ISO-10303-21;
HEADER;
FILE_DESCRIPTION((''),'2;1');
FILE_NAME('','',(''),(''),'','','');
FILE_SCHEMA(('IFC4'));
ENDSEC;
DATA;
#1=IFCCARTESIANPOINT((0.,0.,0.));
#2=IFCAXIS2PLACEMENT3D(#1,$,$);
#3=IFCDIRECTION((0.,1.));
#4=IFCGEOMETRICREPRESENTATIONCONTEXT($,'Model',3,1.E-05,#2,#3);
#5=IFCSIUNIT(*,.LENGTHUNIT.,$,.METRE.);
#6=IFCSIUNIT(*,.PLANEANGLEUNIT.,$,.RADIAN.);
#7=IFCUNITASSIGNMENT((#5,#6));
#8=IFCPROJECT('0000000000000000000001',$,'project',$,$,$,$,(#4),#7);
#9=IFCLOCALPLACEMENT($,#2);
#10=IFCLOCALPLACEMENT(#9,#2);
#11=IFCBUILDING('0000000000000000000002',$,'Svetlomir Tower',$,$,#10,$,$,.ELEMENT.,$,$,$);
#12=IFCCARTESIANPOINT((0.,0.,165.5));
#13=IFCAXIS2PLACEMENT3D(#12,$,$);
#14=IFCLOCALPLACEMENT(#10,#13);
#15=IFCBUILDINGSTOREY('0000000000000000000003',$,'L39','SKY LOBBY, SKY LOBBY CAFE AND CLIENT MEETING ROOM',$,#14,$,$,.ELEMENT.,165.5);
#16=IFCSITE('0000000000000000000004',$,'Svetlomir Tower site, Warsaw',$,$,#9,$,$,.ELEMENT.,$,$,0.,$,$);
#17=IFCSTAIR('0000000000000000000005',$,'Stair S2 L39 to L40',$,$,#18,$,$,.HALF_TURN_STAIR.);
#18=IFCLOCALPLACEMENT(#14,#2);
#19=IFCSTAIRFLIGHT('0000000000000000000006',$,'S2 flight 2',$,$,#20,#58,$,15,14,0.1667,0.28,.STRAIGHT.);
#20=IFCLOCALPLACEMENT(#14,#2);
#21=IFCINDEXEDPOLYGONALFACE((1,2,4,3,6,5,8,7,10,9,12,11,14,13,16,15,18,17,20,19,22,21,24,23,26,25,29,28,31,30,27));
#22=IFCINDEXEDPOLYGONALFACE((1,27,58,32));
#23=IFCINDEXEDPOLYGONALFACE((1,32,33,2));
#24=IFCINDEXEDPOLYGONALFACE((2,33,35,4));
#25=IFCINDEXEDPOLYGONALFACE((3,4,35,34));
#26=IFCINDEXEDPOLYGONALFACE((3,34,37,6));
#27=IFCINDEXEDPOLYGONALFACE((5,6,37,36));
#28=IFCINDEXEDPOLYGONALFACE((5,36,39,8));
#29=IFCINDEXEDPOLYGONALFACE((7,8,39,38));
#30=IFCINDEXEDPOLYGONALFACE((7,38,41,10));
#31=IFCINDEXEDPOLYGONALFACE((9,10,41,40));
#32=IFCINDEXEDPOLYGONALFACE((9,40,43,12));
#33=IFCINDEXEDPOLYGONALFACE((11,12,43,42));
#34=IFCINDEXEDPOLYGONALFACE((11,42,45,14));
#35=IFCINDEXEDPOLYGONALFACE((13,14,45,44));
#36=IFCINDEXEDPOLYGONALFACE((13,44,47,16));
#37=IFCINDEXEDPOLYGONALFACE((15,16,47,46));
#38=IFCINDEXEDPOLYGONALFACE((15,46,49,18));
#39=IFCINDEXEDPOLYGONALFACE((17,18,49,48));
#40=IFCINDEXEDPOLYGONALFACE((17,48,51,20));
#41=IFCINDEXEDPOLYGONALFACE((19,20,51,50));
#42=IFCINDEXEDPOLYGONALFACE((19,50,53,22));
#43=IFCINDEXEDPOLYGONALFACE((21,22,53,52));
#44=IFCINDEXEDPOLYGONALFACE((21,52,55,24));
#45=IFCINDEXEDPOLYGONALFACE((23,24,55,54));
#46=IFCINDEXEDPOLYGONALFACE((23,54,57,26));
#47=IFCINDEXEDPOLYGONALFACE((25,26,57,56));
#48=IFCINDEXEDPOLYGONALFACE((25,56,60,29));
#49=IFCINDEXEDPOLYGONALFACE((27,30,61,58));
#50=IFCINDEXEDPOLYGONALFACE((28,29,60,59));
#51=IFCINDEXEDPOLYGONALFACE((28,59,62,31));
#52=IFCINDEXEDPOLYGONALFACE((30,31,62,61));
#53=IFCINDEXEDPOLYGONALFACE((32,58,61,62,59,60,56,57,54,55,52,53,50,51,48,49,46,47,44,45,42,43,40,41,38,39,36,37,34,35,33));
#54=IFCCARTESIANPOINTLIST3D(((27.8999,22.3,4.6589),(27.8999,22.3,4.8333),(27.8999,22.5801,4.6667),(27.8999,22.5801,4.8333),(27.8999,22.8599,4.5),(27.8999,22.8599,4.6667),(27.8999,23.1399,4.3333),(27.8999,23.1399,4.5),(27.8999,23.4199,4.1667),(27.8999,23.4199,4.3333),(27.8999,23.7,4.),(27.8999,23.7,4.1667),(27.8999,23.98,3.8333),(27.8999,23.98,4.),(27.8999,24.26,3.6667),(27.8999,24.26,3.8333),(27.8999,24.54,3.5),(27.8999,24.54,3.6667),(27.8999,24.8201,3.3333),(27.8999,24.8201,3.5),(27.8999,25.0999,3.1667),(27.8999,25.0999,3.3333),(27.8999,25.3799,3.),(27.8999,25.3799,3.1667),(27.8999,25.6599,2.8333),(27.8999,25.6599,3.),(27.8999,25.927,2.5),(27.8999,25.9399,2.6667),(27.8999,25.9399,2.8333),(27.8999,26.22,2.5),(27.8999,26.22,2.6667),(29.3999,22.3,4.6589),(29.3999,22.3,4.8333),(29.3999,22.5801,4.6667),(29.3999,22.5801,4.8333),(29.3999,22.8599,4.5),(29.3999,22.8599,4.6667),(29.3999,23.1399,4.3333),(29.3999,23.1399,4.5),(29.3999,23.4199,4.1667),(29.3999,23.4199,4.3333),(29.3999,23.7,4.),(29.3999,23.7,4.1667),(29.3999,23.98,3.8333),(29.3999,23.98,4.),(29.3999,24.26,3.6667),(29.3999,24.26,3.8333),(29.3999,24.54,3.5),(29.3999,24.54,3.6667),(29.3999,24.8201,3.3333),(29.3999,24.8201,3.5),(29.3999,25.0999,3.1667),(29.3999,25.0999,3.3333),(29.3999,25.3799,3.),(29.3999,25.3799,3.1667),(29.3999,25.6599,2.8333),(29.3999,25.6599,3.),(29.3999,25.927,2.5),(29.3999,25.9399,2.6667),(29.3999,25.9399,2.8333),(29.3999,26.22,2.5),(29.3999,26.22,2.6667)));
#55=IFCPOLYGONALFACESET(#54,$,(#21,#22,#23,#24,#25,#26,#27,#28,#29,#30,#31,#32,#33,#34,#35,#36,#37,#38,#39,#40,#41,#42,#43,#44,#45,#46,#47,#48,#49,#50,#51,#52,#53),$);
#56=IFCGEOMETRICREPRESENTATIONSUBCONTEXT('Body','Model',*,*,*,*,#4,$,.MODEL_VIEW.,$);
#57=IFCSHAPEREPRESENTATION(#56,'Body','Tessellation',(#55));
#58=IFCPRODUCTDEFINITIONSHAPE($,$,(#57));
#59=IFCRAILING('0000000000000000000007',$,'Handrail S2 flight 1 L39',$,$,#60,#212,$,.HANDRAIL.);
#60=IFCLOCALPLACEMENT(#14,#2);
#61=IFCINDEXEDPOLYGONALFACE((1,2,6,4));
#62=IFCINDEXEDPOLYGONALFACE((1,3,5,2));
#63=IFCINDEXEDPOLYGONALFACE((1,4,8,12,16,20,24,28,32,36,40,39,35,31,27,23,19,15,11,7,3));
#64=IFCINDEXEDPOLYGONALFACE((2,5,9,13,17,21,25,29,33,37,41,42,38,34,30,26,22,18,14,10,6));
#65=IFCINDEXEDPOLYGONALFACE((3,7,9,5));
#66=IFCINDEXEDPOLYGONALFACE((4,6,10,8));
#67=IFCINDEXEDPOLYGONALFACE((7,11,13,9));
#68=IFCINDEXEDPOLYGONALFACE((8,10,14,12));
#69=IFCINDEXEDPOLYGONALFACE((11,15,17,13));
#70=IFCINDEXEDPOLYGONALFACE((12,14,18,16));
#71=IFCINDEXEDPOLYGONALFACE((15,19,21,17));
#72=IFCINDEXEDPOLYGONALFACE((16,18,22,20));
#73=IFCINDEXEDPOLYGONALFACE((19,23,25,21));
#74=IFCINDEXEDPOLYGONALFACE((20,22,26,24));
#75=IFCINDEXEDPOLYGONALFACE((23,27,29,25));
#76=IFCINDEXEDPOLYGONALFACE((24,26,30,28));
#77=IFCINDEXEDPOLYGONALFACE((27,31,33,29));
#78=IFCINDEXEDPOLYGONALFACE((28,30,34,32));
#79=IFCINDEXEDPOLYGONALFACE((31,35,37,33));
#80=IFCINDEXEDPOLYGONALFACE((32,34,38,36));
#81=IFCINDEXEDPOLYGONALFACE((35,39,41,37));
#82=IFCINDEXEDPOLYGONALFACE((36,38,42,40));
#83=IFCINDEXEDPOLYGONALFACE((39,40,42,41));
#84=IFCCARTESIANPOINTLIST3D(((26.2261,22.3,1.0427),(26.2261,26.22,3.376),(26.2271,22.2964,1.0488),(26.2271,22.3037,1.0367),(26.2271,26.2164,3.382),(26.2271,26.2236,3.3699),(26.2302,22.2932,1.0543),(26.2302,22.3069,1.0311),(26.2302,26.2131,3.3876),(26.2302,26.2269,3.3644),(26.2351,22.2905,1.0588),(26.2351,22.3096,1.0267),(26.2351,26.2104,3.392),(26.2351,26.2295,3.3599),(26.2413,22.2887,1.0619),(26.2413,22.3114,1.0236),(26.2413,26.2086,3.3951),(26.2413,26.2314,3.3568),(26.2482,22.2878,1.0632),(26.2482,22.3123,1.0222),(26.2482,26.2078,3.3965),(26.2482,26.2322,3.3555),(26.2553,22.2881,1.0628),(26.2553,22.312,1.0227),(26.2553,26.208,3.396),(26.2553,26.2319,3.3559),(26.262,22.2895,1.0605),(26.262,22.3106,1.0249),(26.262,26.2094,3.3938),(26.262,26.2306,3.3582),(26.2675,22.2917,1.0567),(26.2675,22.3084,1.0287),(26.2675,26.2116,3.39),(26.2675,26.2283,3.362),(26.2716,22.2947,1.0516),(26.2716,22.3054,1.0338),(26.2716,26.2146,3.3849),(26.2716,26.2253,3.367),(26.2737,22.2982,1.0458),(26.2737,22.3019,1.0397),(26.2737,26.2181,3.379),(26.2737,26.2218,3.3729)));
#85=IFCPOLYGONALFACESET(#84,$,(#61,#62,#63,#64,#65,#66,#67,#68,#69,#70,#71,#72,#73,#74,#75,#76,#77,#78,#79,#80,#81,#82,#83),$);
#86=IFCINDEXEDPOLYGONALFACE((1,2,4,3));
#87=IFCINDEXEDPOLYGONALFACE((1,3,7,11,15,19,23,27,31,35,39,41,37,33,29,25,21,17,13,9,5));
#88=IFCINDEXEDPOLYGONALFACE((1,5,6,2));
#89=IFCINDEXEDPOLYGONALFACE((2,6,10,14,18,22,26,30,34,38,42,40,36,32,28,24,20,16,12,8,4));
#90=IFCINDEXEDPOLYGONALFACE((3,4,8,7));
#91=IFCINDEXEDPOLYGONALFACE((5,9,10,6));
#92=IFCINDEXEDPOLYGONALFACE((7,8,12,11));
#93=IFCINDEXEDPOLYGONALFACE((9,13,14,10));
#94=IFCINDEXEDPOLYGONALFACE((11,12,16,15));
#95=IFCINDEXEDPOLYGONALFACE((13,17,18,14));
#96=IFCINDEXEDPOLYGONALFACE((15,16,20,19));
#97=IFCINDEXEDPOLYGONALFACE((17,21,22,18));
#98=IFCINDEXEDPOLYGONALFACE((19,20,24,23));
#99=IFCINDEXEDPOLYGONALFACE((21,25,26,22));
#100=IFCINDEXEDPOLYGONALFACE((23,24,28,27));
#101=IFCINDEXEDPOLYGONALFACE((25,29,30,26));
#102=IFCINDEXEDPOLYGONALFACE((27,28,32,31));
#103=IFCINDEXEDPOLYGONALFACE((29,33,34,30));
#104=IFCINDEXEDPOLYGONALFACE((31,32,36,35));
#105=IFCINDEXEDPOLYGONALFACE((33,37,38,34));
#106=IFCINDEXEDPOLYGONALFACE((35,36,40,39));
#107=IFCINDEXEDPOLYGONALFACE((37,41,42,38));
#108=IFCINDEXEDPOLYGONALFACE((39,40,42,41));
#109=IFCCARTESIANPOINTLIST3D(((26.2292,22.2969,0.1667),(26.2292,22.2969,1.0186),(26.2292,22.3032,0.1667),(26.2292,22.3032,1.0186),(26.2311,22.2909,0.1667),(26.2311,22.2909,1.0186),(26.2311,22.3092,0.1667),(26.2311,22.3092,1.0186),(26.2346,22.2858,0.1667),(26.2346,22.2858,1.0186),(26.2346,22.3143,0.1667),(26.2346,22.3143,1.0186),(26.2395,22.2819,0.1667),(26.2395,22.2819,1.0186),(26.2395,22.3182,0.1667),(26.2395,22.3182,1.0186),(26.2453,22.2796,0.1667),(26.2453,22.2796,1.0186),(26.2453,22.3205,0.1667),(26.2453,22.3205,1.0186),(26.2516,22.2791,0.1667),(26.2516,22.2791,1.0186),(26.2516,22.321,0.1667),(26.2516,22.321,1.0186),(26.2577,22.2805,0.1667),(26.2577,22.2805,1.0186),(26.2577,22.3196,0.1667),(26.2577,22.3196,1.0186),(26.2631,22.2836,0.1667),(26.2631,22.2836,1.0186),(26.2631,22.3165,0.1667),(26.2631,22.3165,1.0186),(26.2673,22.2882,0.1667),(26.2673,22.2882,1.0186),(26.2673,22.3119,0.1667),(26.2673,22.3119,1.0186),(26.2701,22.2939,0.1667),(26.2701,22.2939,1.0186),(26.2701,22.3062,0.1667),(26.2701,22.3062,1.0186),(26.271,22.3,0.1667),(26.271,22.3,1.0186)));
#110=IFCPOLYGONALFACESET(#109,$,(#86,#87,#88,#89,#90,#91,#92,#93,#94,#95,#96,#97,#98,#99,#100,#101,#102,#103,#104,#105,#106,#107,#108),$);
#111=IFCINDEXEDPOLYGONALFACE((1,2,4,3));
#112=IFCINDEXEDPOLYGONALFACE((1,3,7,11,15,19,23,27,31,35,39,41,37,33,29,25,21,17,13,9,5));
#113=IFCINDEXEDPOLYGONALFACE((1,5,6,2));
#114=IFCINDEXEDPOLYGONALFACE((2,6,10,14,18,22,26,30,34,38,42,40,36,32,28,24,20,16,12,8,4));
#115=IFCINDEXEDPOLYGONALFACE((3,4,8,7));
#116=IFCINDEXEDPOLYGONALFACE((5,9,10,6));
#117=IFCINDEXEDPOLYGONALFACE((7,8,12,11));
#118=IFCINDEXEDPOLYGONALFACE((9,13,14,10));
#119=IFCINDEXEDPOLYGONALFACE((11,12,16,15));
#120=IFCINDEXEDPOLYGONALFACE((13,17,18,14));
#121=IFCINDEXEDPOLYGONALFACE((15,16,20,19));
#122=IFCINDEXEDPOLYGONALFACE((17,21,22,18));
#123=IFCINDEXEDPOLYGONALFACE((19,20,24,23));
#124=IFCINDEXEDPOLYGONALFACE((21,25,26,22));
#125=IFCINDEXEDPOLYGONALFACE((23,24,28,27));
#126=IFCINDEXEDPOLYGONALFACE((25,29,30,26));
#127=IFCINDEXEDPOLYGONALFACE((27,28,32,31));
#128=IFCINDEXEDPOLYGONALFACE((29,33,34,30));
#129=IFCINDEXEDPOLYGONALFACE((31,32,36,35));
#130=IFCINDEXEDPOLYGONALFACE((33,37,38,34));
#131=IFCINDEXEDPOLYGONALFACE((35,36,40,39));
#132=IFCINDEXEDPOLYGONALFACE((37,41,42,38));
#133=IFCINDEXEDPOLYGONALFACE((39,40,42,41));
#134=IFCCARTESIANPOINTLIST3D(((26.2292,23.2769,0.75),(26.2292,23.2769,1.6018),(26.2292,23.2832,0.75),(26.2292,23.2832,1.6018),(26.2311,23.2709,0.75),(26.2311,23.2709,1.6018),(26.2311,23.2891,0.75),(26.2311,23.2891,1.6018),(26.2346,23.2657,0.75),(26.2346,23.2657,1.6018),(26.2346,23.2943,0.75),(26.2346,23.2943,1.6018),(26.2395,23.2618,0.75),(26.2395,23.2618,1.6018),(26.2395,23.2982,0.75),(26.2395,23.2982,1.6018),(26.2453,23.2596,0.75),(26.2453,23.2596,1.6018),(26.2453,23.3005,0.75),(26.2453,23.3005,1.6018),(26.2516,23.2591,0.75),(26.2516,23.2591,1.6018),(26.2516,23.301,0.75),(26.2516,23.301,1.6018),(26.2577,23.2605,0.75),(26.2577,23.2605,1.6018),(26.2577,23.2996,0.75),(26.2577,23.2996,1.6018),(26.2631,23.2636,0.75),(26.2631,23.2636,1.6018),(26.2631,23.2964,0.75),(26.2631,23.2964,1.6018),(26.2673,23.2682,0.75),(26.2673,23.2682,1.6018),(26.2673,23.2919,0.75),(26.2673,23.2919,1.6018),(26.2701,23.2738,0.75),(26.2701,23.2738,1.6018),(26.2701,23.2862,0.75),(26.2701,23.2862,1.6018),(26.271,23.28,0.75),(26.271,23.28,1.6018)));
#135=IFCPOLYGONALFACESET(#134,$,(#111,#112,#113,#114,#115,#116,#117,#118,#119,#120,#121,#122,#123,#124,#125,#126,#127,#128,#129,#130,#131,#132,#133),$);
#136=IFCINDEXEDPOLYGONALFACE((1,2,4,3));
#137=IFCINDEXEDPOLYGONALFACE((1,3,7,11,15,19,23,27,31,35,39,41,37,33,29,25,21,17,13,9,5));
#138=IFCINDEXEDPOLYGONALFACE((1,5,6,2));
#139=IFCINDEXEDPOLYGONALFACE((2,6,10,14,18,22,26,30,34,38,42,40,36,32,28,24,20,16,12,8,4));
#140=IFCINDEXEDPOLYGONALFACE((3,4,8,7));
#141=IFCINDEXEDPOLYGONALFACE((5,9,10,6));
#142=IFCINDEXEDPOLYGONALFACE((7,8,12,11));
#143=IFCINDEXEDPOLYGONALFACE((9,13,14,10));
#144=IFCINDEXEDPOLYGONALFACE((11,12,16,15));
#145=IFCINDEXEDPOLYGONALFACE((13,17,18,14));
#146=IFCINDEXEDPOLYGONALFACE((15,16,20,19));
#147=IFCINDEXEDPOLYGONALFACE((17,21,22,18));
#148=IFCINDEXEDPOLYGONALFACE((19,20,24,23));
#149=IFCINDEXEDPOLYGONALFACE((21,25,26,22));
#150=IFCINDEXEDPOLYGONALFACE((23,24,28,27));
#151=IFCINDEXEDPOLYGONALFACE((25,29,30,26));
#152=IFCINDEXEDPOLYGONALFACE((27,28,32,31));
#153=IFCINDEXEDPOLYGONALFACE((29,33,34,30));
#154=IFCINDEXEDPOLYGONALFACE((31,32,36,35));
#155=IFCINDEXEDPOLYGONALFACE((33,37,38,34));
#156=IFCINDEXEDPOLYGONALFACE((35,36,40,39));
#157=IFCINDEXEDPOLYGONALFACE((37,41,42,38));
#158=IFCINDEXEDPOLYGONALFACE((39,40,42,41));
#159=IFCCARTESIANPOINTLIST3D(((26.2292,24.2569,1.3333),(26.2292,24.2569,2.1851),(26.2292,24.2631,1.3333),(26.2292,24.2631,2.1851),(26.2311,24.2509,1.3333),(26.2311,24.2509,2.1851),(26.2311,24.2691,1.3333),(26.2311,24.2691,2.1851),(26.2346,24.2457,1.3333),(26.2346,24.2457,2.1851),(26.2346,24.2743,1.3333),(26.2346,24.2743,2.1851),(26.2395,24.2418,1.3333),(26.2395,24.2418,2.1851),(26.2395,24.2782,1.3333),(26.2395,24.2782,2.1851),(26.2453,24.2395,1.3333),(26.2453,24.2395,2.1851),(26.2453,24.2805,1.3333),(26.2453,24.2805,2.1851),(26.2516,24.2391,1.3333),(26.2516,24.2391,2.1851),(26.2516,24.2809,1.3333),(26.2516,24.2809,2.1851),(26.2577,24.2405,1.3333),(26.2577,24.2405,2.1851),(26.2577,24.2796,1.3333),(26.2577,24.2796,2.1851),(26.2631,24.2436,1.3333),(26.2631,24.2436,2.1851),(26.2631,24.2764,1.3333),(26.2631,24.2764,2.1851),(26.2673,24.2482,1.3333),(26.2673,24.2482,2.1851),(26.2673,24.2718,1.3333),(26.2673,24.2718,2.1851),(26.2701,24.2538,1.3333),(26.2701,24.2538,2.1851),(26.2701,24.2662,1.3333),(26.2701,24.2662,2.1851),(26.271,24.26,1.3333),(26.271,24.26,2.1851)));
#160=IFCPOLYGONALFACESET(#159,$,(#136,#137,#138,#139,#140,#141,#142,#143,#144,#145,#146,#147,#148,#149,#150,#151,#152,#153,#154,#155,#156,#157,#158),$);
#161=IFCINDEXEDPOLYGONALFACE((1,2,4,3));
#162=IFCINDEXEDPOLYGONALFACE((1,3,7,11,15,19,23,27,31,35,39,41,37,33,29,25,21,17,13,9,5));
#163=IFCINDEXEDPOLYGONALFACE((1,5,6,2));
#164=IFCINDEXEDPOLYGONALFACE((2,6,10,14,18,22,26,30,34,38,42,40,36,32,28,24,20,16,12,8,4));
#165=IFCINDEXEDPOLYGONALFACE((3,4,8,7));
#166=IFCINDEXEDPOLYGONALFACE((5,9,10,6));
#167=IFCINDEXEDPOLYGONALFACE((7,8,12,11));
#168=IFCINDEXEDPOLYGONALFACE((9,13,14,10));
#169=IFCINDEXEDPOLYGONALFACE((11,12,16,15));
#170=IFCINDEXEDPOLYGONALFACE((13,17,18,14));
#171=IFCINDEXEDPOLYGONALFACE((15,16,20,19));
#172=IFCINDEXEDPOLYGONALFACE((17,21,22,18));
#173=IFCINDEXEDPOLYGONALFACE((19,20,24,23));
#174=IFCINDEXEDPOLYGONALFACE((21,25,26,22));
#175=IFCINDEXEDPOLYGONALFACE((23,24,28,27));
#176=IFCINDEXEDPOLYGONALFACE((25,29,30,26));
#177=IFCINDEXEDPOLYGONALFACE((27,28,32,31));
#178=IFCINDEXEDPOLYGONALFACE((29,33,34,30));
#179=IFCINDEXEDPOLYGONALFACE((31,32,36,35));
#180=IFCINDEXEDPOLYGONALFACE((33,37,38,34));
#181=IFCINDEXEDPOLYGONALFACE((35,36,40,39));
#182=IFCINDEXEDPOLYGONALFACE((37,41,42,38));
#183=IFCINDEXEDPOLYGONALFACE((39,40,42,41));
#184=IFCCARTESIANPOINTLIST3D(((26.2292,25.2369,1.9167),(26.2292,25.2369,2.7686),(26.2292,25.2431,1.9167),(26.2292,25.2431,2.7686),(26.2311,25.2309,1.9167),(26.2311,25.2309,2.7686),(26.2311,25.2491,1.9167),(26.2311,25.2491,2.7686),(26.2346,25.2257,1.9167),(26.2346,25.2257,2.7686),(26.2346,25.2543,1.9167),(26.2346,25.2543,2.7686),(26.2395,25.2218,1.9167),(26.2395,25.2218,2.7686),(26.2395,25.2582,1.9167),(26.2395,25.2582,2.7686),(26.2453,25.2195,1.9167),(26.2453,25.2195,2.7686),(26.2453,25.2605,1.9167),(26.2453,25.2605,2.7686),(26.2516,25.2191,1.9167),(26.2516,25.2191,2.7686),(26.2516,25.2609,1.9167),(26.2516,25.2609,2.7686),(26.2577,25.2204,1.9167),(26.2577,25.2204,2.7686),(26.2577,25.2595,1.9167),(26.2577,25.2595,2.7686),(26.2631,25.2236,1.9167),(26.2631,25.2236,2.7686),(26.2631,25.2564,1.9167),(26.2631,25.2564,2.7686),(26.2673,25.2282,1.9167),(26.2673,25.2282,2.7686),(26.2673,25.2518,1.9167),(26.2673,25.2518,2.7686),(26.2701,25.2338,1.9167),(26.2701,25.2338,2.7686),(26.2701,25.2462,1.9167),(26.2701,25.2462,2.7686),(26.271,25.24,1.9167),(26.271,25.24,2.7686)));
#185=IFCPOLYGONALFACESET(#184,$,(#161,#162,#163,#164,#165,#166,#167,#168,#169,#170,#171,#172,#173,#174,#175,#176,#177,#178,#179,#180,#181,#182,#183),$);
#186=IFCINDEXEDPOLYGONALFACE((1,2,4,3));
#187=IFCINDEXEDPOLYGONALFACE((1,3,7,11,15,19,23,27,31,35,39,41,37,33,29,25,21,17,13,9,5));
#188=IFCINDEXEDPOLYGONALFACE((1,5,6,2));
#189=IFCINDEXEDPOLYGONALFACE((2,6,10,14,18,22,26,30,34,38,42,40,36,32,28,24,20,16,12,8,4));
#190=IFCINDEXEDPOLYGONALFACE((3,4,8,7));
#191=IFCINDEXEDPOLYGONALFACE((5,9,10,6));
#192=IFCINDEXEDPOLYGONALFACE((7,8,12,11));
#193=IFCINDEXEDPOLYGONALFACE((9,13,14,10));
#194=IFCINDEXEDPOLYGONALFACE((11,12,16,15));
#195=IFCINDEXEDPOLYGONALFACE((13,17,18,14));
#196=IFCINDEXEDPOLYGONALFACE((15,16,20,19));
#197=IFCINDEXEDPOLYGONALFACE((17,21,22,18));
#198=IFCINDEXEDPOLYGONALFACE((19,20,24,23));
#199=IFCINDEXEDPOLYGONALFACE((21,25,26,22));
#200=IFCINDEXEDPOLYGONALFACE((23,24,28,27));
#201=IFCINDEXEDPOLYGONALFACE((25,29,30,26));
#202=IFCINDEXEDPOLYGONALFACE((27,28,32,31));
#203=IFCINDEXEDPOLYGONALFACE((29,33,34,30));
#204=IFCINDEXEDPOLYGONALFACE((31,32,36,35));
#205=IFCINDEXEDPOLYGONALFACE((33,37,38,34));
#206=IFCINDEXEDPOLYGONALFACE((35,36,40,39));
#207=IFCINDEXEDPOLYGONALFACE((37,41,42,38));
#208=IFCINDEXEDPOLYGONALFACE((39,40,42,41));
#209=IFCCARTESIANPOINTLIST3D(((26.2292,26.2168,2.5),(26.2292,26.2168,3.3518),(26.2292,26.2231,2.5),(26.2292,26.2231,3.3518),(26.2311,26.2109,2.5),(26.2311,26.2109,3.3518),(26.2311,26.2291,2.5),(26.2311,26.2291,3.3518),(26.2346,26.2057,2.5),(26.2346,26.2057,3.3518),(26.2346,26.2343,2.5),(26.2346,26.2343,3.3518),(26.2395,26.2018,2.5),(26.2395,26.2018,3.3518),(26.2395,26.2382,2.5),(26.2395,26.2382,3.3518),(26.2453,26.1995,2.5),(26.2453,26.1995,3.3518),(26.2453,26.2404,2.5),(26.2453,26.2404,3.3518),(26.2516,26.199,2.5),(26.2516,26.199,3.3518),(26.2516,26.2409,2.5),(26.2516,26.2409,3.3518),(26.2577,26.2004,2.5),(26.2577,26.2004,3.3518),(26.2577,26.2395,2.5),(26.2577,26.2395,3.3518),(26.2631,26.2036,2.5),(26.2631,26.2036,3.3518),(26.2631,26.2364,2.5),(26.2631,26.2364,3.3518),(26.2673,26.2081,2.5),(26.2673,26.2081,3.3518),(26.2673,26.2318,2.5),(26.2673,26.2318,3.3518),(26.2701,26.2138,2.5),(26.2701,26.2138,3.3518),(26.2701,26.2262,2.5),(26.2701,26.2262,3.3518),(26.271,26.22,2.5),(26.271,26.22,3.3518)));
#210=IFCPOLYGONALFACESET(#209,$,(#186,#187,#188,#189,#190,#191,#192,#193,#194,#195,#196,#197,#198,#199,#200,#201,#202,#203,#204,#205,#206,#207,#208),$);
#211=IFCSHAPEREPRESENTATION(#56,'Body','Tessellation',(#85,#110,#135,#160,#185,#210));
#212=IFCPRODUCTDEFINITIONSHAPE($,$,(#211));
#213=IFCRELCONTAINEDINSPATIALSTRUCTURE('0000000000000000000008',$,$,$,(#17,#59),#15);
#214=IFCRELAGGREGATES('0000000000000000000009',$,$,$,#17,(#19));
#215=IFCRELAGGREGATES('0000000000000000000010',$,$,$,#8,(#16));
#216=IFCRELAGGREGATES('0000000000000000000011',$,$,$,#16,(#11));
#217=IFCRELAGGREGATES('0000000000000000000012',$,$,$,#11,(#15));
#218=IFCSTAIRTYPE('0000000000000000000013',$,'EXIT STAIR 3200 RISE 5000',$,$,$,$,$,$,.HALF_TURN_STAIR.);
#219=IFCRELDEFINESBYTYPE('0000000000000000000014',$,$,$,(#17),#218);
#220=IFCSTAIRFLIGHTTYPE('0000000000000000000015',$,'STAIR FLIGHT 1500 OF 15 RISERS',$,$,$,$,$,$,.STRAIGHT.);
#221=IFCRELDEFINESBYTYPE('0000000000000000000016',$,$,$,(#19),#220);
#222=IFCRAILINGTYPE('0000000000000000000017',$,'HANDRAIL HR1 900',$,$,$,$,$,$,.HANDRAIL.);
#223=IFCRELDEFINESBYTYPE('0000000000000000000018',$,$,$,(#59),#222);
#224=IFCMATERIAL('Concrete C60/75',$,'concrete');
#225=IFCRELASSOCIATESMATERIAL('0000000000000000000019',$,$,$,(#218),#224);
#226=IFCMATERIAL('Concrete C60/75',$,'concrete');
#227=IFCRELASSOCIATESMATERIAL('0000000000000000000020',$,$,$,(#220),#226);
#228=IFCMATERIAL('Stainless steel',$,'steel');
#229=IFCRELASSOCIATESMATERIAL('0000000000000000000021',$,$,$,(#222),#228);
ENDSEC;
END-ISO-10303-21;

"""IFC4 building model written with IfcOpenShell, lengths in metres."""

from ifc_helpers import new_model, si_unit, direction, frame, origin, origin_2d, place, context, subcontext, project, spatial, polyline, circle, outline, extrude, material, type_object, element, aggregate, save


model = new_model("IFC4")

# Units and contexts
model_context = context("Model", 3, precision=1e-05, world=origin(), true_north=direction((0.0, 1.0)))
body_context = subcontext(model_context, "Body", "Model", "MODEL_VIEW")
ifc_project = project(units=[si_unit("LENGTHUNIT", "METRE"), si_unit("PLANEANGLEUNIT", "RADIAN")], contexts=[model_context])

# Site, building, storey
site_placement = place(None, origin())
site = spatial("IfcSite", under=ifc_project, at=site_placement, Name="Svetlomir Tower site, Warsaw", CompositionType="ELEMENT", RefElevation=0.0)
building_placement = place(site_placement, origin())
building = spatial("IfcBuilding", under=site, at=building_placement, Name="Svetlomir Tower", CompositionType="ELEMENT")
storey_placement = place(building_placement, frame((0.0, 0.0, 165.5)))
storey = spatial("IfcBuildingStorey", under=building, at=storey_placement, Name="L39", Description="SKY LOBBY, SKY LOBBY CAFE AND CLIENT MEETING ROOM", CompositionType="ELEMENT", Elevation=165.5)

# Stair, stair flight
ifc_material_1 = material(Name="Concrete C60/75", Category="concrete")
stair_type = type_object("IfcStairType", Name="EXIT STAIR 3200 RISE 5000", PredefinedType="HALF_TURN_STAIR", material=ifc_material_1)
stair_placement = place(storey_placement, origin())
stair = element("IfcStair", 1, at=stair_placement, inside=storey, type_object=stair_type, Name="Stair S2 L39 to L40", PredefinedType="HALF_TURN_STAIR")
ifc_material_2 = material(Name="Concrete C60/75", Category="concrete")
stair_flight_type = type_object("IfcStairFlightType", Name="STAIR FLIGHT 1500 OF 15 RISERS", PredefinedType="STRAIGHT", material=ifc_material_2)
stair_flight_1_placement = place(storey_placement, frame((28.6499, 26.22, 2.5), z_axis=(0.0, 0.0, 1.0), x_axis=(0.0, -1.0, 0.0)))
stair_flight_1 = element("IfcStairFlight", 2, at=stair_flight_1_placement, type_object=stair_flight_type, Name="S2 flight 2", NumberOfRisers=15, NumberOfTreads=14, PredefinedType="STRAIGHT", RiserHeight=0.1667, TreadLength=0.28, context=body_context, shape_type="SweptSolid", body=[
    extrude(outline(polyline([(0.0, 0.0), (0.0, 0.1667), (0.28, 0.1667), (0.28, 0.3333), (0.5601, 0.3333), (0.5601, 0.5), (0.8401, 0.5), (0.8401, 0.6667), (1.1201, 0.6667), (1.1201, 0.8333), (1.3999, 0.8333), (1.3999, 1.0), (1.6799, 1.0), (1.6799, 1.1667), (1.96, 1.1667), (1.96, 1.3333), (2.24, 1.3333), (2.24, 1.5), (2.52, 1.5), (2.52, 1.6667), (2.8, 1.6667), (2.8, 1.8333), (3.0801, 1.8333), (3.0801, 2.0), (3.3601, 2.0), (3.3601, 2.1667), (3.6399, 2.1667), (3.6399, 2.3333), (3.9199, 2.3333), (3.9199, 2.5), (3.9199, 2.1589), (0.293, 0.0), (0.0, 0.0)])), frame((0.0, 0.75, 0.0), z_axis=(0.0, -1.0, 0.0), x_axis=(1.0, 0.0, 0.0)), (0.0, 0.0, 1.0), 1.5),
])
aggregate(stair, [stair_flight_1])

# Railing
ifc_material_3 = material(Name="Stainless steel", Category="steel")
railing_type = type_object("IfcRailingType", Name="HANDRAIL HR1 900", PredefinedType="HANDRAIL", material=ifc_material_3)
railing_1_placement = place(storey_placement, frame((26.25, 22.3, 0.1667)))
element("IfcRailing", 3, at=railing_1_placement, inside=storey, type_object=railing_type, Name="Handrail S2 flight 1 L39", PredefinedType="HANDRAIL", context=body_context, shape_type="SweptSolid", body=[
    extrude(circle(Radius=0.0239, at=origin_2d()), frame((0.0, 0.0, 0.876), z_axis=(0.0, 0.859296, 0.511478), x_axis=(-1.0, 0.0, 0.0)), (0.0, 0.0, 1.0), 4.5618),
    extrude(circle(Radius=0.021, at=origin_2d()), origin(), (0.0, 0.0, 1.0), 0.8518),
    extrude(circle(Radius=0.021, at=origin_2d()), frame((0.0, 0.98, 0.5833)), (0.0, 0.0, 1.0), 0.8518),
    extrude(circle(Radius=0.021, at=origin_2d()), frame((0.0, 1.96, 1.1665)), (0.0, 0.0, 1.0), 0.8518),
    extrude(circle(Radius=0.021, at=origin_2d()), frame((0.0, 2.9399, 1.75)), (0.0, 0.0, 1.0), 0.8518),
    extrude(circle(Radius=0.021, at=origin_2d()), frame((0.0, 3.9199, 2.3333)), (0.0, 0.0, 1.0), 0.8518),
])

save(model, "model.ifc")
